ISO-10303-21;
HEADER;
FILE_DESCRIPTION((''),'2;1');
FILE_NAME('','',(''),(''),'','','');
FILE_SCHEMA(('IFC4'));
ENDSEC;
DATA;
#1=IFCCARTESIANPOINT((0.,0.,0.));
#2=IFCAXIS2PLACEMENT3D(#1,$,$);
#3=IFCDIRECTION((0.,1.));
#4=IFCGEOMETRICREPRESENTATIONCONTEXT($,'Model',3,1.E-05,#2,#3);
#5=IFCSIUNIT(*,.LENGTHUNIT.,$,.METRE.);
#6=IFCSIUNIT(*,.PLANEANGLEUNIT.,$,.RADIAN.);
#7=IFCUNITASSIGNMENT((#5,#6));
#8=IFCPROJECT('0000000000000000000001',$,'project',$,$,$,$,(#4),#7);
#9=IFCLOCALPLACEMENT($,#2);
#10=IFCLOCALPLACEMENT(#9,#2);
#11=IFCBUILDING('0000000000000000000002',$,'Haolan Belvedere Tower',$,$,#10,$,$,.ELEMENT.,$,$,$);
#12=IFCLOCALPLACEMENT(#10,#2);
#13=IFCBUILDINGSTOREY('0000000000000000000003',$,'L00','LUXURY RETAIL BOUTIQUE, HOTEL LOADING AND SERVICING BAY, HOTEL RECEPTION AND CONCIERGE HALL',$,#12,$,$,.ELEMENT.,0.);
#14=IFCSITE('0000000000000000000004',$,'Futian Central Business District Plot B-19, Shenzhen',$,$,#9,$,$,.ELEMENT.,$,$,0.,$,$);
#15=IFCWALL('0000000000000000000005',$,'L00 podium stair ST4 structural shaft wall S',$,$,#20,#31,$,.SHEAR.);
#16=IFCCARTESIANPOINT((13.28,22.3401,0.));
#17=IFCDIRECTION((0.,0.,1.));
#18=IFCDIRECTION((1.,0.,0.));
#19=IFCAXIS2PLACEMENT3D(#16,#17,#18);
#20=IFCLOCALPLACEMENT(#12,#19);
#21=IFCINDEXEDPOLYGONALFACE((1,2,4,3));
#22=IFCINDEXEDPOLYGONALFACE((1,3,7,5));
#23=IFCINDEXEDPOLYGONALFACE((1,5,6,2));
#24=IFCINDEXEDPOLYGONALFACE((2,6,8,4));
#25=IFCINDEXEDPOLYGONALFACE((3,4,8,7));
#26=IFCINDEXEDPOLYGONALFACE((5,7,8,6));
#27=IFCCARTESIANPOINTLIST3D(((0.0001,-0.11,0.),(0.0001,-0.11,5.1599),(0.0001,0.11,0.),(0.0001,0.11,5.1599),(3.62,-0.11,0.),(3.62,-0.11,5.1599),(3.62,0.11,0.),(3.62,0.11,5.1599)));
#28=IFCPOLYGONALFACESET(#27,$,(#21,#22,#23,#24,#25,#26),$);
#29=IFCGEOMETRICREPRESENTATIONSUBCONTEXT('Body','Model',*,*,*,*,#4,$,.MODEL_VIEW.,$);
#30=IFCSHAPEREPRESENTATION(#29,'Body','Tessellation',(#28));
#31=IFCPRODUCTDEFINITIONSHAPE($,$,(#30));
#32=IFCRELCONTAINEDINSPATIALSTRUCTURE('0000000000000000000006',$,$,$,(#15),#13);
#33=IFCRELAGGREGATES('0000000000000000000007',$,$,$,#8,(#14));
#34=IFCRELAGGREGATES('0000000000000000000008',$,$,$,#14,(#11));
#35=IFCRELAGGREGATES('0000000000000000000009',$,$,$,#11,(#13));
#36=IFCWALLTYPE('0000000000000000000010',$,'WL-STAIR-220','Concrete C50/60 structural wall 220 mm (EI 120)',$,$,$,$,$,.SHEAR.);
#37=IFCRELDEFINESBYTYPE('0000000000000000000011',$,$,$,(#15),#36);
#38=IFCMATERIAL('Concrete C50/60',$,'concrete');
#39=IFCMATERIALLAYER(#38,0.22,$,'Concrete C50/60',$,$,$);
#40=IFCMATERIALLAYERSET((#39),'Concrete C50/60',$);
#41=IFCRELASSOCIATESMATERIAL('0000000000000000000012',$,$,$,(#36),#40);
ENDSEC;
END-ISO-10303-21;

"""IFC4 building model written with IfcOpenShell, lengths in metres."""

from ifc_helpers import new_model, si_unit, direction, frame, frame_2d, origin, place, context, subcontext, project, spatial, rectangle, extrude, material, layer, layer_set, type_object, element, save


model = new_model("IFC4")

# Units and contexts
model_context = context("Model", 3, precision=1e-05, world=origin(), true_north=direction((0.0, 1.0)))
body_context = subcontext(model_context, "Body", "Model", "MODEL_VIEW")
ifc_project = project(units=[si_unit("LENGTHUNIT", "METRE"), si_unit("PLANEANGLEUNIT", "RADIAN")], contexts=[model_context])

# Site, building, storey
site_placement = place(None, origin())
site = spatial("IfcSite", under=ifc_project, at=site_placement, Name="Futian Central Business District Plot B-19, Shenzhen", CompositionType="ELEMENT", RefElevation=0.0)
building_placement = place(site_placement, origin())
building = spatial("IfcBuilding", under=site, at=building_placement, Name="Haolan Belvedere Tower", CompositionType="ELEMENT")
storey_placement = place(building_placement, origin())
storey = spatial("IfcBuildingStorey", under=building, at=storey_placement, Name="L00", Description="LUXURY RETAIL BOUTIQUE, HOTEL LOADING AND SERVICING BAY, HOTEL RECEPTION AND CONCIERGE HALL", CompositionType="ELEMENT", Elevation=0.0)

# Wall
ifc_material_1 = material(Name="Concrete C50/60", Category="concrete")
ifc_layer_1 = layer(ifc_material_1, 0.22, Name="Concrete C50/60")
ifc_layer_set_1 = layer_set([ifc_layer_1], Name="Concrete C50/60")
wall_type_1 = type_object("IfcWallType", Name="WL-STAIR-220", Description="Concrete C50/60 structural wall 220 mm (EI 120)", PredefinedType="SHEAR", material=ifc_layer_set_1)
wall_1_placement = place(storey_placement, frame((13.28, 22.3401, 0.0), z_axis=(0.0, 0.0, 1.0), x_axis=(1.0, 0.0, 0.0)))
element("IfcWall", 1, at=wall_1_placement, inside=storey, type_object=wall_type_1, Name="L00 podium stair ST4 structural shaft wall S", PredefinedType="SHEAR", context=body_context, shape_type="SweptSolid", body=[
    extrude(rectangle(XDim=3.6199, YDim=0.22, at=frame_2d((1.8101, 0.0))), origin(), (0.0, 0.0, 1.0), 5.1599),
])

save(model, "model.ifc")
